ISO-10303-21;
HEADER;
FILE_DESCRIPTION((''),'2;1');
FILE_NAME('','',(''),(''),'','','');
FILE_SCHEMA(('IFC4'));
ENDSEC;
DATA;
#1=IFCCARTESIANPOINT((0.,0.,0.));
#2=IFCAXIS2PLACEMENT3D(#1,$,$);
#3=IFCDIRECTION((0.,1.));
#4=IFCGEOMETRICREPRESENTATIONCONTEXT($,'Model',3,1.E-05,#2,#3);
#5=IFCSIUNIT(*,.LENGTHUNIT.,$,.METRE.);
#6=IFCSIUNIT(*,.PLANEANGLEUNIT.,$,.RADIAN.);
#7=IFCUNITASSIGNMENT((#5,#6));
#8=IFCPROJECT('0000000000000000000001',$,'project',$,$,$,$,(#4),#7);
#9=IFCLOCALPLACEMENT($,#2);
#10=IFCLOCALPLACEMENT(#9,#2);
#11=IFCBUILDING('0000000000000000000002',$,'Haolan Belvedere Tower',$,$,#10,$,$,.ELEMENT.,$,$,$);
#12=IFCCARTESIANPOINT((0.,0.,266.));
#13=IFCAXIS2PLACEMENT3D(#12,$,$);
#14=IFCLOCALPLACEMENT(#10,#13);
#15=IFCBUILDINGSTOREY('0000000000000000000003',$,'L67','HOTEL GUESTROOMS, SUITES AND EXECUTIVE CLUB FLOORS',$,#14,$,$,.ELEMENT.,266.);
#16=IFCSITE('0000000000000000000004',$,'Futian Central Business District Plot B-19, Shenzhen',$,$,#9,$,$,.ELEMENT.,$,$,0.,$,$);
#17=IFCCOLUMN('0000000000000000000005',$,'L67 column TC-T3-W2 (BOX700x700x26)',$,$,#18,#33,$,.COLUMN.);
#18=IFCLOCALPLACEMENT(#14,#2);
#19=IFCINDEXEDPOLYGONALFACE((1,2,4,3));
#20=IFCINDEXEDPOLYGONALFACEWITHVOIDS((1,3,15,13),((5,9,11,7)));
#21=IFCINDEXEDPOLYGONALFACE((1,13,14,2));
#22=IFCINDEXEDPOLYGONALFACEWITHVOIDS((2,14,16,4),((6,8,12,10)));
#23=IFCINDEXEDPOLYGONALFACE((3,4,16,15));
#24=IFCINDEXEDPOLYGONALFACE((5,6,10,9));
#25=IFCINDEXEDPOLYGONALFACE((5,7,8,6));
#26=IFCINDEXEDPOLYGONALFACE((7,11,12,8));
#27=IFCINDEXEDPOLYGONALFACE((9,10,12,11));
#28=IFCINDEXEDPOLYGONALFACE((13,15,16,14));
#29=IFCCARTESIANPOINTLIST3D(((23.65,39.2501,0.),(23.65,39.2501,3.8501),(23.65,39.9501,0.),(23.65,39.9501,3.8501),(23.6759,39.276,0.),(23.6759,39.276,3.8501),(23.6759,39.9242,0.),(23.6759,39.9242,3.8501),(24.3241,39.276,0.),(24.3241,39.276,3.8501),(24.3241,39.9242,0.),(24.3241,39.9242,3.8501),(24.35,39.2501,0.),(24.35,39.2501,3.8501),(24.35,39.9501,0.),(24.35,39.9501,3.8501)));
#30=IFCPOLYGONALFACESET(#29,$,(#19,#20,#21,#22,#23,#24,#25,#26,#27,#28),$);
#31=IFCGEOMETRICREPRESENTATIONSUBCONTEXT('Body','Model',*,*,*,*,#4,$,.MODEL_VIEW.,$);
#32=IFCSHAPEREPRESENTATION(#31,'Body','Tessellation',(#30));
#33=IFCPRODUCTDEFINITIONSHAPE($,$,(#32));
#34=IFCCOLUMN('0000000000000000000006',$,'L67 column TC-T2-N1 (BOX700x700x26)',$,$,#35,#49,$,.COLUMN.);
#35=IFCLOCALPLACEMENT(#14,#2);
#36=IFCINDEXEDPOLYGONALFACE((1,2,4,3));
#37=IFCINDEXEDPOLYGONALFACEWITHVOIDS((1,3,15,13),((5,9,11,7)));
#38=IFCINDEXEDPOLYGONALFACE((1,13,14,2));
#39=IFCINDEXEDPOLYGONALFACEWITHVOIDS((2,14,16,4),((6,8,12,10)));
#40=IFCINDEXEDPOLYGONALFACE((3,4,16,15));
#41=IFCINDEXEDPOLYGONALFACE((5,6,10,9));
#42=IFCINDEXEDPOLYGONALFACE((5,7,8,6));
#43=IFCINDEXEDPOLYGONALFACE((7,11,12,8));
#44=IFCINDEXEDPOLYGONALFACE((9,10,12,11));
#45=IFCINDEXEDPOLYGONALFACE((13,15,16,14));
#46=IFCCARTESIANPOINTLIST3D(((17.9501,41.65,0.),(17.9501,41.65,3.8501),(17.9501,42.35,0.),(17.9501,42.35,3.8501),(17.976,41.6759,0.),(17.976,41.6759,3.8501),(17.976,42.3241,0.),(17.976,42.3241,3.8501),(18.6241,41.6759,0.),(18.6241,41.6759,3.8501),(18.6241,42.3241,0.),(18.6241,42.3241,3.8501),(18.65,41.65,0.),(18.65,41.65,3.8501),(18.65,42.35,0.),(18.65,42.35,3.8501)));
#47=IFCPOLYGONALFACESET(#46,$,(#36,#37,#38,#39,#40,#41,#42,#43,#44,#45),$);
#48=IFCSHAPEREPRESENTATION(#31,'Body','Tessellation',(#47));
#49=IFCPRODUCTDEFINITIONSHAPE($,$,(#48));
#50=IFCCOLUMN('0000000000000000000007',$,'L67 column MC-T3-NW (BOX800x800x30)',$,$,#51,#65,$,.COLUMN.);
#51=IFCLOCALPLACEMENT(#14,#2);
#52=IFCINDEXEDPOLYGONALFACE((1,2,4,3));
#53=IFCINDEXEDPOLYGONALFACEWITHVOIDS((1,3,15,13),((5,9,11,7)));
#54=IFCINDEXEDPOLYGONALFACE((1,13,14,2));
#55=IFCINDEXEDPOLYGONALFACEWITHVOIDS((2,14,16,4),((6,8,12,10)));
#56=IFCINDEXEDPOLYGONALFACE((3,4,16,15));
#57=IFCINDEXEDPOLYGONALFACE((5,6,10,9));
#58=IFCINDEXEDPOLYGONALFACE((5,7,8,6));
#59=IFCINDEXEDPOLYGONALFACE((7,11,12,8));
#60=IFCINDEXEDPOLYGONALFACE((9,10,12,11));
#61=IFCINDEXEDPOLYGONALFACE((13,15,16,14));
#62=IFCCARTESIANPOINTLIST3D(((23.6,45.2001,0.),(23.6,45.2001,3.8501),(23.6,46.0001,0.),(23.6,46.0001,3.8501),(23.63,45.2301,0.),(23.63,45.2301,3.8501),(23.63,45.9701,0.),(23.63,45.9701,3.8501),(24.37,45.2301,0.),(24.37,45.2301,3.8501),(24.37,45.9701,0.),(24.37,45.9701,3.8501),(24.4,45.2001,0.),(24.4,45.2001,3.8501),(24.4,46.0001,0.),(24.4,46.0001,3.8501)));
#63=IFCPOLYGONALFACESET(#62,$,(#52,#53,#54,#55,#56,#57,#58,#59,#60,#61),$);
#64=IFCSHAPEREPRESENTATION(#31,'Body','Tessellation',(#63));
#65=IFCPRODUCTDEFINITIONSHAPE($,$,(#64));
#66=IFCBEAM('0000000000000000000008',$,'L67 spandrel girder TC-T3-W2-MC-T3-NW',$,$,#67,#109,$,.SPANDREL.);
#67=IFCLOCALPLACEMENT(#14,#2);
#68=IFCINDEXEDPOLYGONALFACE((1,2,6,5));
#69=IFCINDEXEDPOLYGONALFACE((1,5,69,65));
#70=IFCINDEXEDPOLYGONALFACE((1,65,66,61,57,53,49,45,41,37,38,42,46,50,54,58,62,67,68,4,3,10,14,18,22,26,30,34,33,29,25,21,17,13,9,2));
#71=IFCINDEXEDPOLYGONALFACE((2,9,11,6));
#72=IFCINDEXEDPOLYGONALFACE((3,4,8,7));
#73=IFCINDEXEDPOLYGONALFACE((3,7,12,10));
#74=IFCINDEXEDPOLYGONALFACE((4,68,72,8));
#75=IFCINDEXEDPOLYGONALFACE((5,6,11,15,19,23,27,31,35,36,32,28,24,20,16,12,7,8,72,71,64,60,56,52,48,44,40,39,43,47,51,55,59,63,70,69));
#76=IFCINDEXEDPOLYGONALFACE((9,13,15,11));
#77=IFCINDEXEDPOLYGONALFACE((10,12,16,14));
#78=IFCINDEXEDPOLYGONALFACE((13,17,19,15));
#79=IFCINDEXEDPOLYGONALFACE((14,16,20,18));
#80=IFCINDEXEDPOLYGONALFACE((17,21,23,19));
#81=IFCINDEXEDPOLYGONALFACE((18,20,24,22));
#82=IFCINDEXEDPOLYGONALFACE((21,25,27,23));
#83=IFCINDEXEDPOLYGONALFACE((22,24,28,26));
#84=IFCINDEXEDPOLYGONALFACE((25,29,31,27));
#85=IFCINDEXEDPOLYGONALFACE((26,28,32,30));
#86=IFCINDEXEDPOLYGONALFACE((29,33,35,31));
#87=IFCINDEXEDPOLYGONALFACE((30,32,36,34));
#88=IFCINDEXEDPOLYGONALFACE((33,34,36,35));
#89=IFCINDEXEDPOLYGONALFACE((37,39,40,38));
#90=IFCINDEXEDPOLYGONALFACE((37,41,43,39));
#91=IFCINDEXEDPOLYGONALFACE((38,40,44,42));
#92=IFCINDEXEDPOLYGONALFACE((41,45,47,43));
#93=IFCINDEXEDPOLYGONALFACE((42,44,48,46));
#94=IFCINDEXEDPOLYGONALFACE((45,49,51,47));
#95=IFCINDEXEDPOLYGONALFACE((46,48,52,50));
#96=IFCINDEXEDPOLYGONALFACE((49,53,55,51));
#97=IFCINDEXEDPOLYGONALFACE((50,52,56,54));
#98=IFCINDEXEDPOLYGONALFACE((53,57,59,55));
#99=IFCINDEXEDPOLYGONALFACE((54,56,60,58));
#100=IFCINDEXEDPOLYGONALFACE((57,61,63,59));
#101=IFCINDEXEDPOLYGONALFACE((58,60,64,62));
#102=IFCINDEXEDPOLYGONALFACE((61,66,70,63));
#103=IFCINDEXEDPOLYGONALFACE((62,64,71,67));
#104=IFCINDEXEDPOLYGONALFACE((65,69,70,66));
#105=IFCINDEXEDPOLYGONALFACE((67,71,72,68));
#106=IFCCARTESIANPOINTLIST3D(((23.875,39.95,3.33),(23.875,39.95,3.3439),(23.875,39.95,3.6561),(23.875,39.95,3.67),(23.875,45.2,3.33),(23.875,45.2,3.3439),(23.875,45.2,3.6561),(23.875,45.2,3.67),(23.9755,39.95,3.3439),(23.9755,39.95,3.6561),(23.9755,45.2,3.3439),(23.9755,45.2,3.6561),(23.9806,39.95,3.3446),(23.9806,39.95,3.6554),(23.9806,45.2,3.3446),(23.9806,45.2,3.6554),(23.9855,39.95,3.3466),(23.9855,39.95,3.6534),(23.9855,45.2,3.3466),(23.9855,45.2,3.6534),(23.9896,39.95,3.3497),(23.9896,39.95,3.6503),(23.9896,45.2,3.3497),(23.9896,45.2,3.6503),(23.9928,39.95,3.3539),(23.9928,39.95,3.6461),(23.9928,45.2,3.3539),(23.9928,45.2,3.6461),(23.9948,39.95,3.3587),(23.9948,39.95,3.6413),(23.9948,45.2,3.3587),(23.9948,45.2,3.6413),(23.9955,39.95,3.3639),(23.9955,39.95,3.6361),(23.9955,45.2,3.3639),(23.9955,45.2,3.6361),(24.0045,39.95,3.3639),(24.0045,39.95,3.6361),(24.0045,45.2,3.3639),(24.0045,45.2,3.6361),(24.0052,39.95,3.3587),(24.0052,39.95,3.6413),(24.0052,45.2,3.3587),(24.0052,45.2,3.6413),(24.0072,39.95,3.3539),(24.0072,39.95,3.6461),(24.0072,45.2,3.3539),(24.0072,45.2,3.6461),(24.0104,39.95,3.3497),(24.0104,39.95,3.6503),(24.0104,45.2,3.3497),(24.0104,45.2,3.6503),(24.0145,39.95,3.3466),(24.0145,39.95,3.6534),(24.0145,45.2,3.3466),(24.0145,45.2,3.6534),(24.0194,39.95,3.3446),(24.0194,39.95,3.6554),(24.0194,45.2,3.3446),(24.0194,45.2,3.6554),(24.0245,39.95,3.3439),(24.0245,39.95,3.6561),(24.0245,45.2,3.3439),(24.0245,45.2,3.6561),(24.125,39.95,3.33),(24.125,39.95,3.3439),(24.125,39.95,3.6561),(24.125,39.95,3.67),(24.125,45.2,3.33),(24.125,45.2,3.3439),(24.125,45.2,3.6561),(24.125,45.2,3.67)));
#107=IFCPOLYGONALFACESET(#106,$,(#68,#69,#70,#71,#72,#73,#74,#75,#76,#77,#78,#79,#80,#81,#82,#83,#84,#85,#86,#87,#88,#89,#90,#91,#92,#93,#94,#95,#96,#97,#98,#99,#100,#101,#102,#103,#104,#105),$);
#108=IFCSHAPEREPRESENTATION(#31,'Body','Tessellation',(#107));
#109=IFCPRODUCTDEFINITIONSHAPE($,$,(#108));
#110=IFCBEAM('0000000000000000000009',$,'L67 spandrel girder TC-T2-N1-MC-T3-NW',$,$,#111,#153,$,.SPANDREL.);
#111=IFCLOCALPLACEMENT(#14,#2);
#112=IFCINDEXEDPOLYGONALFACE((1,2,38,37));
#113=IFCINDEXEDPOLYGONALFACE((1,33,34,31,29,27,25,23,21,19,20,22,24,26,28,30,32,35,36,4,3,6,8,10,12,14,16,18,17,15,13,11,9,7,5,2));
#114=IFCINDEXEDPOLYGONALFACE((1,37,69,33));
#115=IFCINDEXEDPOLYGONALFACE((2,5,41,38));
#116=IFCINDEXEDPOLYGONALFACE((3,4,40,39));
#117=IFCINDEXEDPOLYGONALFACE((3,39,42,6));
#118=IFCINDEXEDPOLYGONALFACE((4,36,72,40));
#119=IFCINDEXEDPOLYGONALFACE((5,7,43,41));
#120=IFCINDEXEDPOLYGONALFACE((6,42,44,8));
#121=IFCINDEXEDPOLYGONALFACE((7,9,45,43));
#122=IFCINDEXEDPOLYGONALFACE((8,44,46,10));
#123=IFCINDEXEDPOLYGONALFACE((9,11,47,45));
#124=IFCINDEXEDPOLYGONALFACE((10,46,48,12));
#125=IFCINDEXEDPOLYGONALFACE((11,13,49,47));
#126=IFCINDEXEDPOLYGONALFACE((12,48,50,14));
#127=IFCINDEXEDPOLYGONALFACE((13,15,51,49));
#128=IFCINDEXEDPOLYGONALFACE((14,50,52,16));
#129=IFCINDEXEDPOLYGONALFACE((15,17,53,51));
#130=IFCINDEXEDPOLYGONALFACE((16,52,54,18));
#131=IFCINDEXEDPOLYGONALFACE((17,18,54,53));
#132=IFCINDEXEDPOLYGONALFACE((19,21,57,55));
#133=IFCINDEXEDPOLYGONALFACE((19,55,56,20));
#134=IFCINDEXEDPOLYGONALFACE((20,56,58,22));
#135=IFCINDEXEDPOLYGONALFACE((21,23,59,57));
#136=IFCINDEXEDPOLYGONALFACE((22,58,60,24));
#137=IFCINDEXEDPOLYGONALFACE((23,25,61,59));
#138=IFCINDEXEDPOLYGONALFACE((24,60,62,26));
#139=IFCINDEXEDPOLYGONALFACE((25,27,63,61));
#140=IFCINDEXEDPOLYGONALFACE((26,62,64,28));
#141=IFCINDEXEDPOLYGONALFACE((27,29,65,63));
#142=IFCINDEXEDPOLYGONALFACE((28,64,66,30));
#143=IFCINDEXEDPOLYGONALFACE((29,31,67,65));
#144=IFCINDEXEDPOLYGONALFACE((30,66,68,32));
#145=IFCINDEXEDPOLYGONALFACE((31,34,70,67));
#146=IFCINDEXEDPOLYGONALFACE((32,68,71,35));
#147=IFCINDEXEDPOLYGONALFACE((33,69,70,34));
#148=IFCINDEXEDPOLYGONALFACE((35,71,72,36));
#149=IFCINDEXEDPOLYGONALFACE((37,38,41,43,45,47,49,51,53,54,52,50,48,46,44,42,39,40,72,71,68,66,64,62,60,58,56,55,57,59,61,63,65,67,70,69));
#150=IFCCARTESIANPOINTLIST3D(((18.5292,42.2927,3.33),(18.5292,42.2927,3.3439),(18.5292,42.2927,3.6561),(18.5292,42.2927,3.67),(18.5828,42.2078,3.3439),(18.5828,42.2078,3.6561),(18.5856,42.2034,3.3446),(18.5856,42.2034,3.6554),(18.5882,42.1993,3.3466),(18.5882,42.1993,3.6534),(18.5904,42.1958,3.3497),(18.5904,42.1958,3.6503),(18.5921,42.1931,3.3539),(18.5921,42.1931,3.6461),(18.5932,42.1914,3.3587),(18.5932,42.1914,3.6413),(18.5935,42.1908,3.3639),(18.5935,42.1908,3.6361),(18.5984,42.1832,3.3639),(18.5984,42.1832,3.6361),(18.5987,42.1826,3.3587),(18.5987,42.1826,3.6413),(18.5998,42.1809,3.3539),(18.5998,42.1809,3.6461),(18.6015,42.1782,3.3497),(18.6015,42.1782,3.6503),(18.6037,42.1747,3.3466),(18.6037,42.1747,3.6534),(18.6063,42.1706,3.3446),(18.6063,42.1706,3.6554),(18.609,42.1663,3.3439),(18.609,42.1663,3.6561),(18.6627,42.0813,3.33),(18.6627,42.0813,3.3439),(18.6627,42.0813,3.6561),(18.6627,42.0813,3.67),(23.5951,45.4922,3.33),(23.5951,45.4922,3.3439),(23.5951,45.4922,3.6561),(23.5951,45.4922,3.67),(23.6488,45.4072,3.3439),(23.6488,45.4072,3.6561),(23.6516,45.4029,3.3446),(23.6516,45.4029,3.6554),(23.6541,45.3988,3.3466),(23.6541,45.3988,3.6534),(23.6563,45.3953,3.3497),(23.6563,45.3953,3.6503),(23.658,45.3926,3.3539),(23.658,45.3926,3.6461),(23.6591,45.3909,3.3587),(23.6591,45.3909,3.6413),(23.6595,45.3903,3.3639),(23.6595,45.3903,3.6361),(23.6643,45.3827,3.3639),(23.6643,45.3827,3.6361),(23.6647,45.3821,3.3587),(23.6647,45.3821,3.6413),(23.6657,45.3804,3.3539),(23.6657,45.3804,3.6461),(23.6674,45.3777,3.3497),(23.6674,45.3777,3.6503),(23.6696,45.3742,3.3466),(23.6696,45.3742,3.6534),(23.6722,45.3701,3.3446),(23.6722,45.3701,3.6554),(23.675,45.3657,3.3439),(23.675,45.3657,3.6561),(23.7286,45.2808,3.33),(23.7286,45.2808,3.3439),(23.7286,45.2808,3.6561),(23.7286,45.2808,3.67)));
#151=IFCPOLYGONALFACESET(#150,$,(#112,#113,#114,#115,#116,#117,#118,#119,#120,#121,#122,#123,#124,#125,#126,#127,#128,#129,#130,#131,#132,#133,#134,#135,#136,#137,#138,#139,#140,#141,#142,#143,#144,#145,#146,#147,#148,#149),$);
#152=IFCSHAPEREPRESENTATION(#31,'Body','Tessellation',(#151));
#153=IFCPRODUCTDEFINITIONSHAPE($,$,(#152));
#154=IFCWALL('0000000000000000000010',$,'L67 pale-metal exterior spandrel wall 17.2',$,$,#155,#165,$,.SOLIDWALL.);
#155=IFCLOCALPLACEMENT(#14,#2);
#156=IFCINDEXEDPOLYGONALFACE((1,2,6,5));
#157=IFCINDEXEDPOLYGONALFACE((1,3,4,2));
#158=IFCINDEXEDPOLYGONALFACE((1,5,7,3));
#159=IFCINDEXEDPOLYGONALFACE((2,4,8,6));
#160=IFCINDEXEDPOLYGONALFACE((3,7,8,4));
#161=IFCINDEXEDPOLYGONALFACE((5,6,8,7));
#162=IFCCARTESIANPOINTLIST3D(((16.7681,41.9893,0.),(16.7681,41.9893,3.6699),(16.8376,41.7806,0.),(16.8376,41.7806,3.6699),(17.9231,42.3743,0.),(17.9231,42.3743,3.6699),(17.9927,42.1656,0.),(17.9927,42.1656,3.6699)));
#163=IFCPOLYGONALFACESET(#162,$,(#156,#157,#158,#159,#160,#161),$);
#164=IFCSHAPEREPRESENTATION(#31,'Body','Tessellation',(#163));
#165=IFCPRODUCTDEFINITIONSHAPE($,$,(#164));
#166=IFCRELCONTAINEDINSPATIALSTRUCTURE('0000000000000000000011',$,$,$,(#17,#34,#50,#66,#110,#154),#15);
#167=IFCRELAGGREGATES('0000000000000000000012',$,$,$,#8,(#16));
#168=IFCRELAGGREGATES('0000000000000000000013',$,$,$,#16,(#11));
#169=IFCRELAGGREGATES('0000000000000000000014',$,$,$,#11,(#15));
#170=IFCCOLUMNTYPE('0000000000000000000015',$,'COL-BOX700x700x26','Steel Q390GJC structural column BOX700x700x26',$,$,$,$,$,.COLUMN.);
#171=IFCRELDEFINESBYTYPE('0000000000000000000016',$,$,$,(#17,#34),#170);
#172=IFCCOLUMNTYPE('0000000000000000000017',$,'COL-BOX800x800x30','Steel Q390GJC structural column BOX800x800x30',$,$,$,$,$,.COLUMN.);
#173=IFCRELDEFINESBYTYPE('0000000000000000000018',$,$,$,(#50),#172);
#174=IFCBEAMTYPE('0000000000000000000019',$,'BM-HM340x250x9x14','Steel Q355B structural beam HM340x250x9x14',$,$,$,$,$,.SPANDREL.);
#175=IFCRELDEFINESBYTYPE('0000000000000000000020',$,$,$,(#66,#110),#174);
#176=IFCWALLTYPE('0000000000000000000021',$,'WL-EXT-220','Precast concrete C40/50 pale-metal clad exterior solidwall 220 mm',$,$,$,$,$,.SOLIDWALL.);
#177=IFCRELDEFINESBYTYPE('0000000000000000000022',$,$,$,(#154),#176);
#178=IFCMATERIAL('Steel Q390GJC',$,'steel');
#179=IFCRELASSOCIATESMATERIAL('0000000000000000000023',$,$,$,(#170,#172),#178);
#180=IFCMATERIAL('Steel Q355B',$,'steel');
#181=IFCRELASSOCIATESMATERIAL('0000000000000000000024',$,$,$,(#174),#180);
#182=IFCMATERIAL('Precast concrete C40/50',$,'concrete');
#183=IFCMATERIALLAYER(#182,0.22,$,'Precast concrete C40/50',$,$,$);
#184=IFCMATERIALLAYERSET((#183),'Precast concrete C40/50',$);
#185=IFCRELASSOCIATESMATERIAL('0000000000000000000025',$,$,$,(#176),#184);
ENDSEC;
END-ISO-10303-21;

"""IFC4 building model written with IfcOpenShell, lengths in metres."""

from ifc_helpers import new_model, si_unit, direction, frame, frame_2d, origin, origin_2d, place, context, subcontext, project, spatial, rectangle, hollow_rectangle, i_section, extrude, material, layer, layer_set, material_profile, profile_set, type_object, element, save


model = new_model("IFC4")

# Units and contexts
model_context = context("Model", 3, precision=1e-05, world=origin(), true_north=direction((0.0, 1.0)))
body_context = subcontext(model_context, "Body", "Model", "MODEL_VIEW")
ifc_project = project(units=[si_unit("LENGTHUNIT", "METRE"), si_unit("PLANEANGLEUNIT", "RADIAN")], contexts=[model_context])

# Site, building, storey
site_placement = place(None, origin())
site = spatial("IfcSite", under=ifc_project, at=site_placement, Name="Futian Central Business District Plot B-19, Shenzhen", CompositionType="ELEMENT", RefElevation=0.0)
building_placement = place(site_placement, origin())
building = spatial("IfcBuilding", under=site, at=building_placement, Name="Haolan Belvedere Tower", CompositionType="ELEMENT")
storey_placement = place(building_placement, frame((0.0, 0.0, 266.0)))
storey = spatial("IfcBuildingStorey", under=building, at=storey_placement, Name="L67", Description="HOTEL GUESTROOMS, SUITES AND EXECUTIVE CLUB FLOORS", CompositionType="ELEMENT", Elevation=266.0)

# Columns
ifc_material_1 = material(Name="Steel Q390GJC", Category="steel")
ifc_material_profile_1 = material_profile(ifc_material_1, hollow_rectangle(XDim=0.7, YDim=0.7, WallThickness=0.0259, at=origin_2d()), Name="Steel Q390GJC")
ifc_profile_set_1 = profile_set([ifc_material_profile_1], Name="Steel Q390GJC")
column_type_1 = type_object("IfcColumnType", Name="COL-BOX700x700x26", Description="Steel Q390GJC structural column BOX700x700x26", PredefinedType="COLUMN", material=ifc_profile_set_1)
for number, where, z_axis, x_axis, name in (
    (1, (24.0, 39.6001, 0.0), (0.0, 0.0, 1.0), (1.0, 0.0, 0.0), "L67 column TC-T3-W2 (BOX700x700x26)"),
    (2, (18.3, 42.0, 0.0), (0.0, 0.0, 1.0), (1.0, 0.0, 0.0), "L67 column TC-T2-N1 (BOX700x700x26)"),
):
    element("IfcColumn", number, at=place(storey_placement, frame(where, z_axis=z_axis, x_axis=x_axis)), inside=storey, type_object=column_type_1, Name=name, PredefinedType="COLUMN", context=body_context, shape_type="SweptSolid", body=[
        extrude(hollow_rectangle(XDim=0.7, YDim=0.7, WallThickness=0.0259, at=origin_2d()), origin(), (0.0, 0.0, 1.0), 3.8501),
    ])
ifc_material_profile_2 = material_profile(ifc_material_1, hollow_rectangle(XDim=0.8, YDim=0.8, WallThickness=0.03, at=origin_2d()), Name="Steel Q390GJC")
ifc_profile_set_2 = profile_set([ifc_material_profile_2], Name="Steel Q390GJC")
column_type_2 = type_object("IfcColumnType", Name="COL-BOX800x800x30", Description="Steel Q390GJC structural column BOX800x800x30", PredefinedType="COLUMN", material=ifc_profile_set_2)
column_placement = place(storey_placement, frame((24.0, 45.6001, 0.0), z_axis=(0.0, 0.0, 1.0), x_axis=(1.0, 0.0, 0.0)))
element("IfcColumn", 3, at=column_placement, inside=storey, type_object=column_type_2, Name="L67 column MC-T3-NW (BOX800x800x30)", PredefinedType="COLUMN", context=body_context, shape_type="SweptSolid", body=[
    extrude(hollow_rectangle(XDim=0.8, YDim=0.8, WallThickness=0.03, at=origin_2d()), origin(), (0.0, 0.0, 1.0), 3.8501),
])

# Beams
ifc_material_2 = material(Name="Steel Q355B", Category="steel")
ifc_material_profile_3 = material_profile(ifc_material_2, i_section(OverallWidth=0.25, OverallDepth=0.3401, WebThickness=0.009, FlangeThickness=0.0139, FilletRadius=0.02, at=origin_2d()), Name="Steel Q355B")
ifc_profile_set_3 = profile_set([ifc_material_profile_3], Name="Steel Q355B")
beam_type = type_object("IfcBeamType", Name="BM-HM340x250x9x14", Description="Steel Q355B structural beam HM340x250x9x14", PredefinedType="SPANDREL", material=ifc_profile_set_3)
beam_1_placement = place(storey_placement, frame((24.0, 39.95, 3.5), z_axis=(0.0, 1.0, 0.0), x_axis=(-1.0, 0.0, 0.0)))
element("IfcBeam", 4, at=beam_1_placement, inside=storey, type_object=beam_type, Name="L67 spandrel girder TC-T3-W2-MC-T3-NW", PredefinedType="SPANDREL", context=body_context, shape_type="SweptSolid", body=[
    extrude(i_section(OverallWidth=0.25, OverallDepth=0.3401, WebThickness=0.009, FlangeThickness=0.0139, FilletRadius=0.02, at=origin_2d()), origin(), (0.0, 0.0, 1.0), 5.25),
])
beam_2_placement = place(storey_placement, frame((18.5959, 42.187, 3.5), z_axis=(0.845494, 0.533985, 0.0), x_axis=(-0.533985, 0.845494, 0.0)))
element("IfcBeam", 5, at=beam_2_placement, inside=storey, type_object=beam_type, Name="L67 spandrel girder TC-T2-N1-MC-T3-NW", PredefinedType="SPANDREL", context=body_context, shape_type="SweptSolid", body=[
    extrude(i_section(OverallWidth=0.25, OverallDepth=0.3401, WebThickness=0.009, FlangeThickness=0.0139, FilletRadius=0.02, at=origin_2d()), origin(), (0.0, 0.0, 1.0), 5.9917),
])

# Wall
ifc_material_3 = material(Name="Precast concrete C40/50", Category="concrete")
ifc_layer_1 = layer(ifc_material_3, 0.22, Name="Precast concrete C40/50")
ifc_layer_set_1 = layer_set([ifc_layer_1], Name="Precast concrete C40/50")
wall_type_1 = type_object("IfcWallType", Name="WL-EXT-220", Description="Precast concrete C40/50 pale-metal clad exterior solidwall 220 mm", PredefinedType="SOLIDWALL", material=ifc_layer_set_1)
wall_1_placement = place(storey_placement, frame((17.958, 42.27, 0.0), z_axis=(0.0, 0.0, 1.0), x_axis=(-0.948683, -0.316228, 0.0)))
element("IfcWall", 6, at=wall_1_placement, inside=storey, type_object=wall_type_1, Name="L67 pale-metal exterior spandrel wall 17.2", PredefinedType="SOLIDWALL", context=body_context, shape_type="SweptSolid", body=[
    extrude(rectangle(XDim=1.2175, YDim=0.22, at=frame_2d((0.6089, 0.0))), origin(), (0.0, 0.0, 1.0), 3.6699),
])

save(model, "model.ifc")
